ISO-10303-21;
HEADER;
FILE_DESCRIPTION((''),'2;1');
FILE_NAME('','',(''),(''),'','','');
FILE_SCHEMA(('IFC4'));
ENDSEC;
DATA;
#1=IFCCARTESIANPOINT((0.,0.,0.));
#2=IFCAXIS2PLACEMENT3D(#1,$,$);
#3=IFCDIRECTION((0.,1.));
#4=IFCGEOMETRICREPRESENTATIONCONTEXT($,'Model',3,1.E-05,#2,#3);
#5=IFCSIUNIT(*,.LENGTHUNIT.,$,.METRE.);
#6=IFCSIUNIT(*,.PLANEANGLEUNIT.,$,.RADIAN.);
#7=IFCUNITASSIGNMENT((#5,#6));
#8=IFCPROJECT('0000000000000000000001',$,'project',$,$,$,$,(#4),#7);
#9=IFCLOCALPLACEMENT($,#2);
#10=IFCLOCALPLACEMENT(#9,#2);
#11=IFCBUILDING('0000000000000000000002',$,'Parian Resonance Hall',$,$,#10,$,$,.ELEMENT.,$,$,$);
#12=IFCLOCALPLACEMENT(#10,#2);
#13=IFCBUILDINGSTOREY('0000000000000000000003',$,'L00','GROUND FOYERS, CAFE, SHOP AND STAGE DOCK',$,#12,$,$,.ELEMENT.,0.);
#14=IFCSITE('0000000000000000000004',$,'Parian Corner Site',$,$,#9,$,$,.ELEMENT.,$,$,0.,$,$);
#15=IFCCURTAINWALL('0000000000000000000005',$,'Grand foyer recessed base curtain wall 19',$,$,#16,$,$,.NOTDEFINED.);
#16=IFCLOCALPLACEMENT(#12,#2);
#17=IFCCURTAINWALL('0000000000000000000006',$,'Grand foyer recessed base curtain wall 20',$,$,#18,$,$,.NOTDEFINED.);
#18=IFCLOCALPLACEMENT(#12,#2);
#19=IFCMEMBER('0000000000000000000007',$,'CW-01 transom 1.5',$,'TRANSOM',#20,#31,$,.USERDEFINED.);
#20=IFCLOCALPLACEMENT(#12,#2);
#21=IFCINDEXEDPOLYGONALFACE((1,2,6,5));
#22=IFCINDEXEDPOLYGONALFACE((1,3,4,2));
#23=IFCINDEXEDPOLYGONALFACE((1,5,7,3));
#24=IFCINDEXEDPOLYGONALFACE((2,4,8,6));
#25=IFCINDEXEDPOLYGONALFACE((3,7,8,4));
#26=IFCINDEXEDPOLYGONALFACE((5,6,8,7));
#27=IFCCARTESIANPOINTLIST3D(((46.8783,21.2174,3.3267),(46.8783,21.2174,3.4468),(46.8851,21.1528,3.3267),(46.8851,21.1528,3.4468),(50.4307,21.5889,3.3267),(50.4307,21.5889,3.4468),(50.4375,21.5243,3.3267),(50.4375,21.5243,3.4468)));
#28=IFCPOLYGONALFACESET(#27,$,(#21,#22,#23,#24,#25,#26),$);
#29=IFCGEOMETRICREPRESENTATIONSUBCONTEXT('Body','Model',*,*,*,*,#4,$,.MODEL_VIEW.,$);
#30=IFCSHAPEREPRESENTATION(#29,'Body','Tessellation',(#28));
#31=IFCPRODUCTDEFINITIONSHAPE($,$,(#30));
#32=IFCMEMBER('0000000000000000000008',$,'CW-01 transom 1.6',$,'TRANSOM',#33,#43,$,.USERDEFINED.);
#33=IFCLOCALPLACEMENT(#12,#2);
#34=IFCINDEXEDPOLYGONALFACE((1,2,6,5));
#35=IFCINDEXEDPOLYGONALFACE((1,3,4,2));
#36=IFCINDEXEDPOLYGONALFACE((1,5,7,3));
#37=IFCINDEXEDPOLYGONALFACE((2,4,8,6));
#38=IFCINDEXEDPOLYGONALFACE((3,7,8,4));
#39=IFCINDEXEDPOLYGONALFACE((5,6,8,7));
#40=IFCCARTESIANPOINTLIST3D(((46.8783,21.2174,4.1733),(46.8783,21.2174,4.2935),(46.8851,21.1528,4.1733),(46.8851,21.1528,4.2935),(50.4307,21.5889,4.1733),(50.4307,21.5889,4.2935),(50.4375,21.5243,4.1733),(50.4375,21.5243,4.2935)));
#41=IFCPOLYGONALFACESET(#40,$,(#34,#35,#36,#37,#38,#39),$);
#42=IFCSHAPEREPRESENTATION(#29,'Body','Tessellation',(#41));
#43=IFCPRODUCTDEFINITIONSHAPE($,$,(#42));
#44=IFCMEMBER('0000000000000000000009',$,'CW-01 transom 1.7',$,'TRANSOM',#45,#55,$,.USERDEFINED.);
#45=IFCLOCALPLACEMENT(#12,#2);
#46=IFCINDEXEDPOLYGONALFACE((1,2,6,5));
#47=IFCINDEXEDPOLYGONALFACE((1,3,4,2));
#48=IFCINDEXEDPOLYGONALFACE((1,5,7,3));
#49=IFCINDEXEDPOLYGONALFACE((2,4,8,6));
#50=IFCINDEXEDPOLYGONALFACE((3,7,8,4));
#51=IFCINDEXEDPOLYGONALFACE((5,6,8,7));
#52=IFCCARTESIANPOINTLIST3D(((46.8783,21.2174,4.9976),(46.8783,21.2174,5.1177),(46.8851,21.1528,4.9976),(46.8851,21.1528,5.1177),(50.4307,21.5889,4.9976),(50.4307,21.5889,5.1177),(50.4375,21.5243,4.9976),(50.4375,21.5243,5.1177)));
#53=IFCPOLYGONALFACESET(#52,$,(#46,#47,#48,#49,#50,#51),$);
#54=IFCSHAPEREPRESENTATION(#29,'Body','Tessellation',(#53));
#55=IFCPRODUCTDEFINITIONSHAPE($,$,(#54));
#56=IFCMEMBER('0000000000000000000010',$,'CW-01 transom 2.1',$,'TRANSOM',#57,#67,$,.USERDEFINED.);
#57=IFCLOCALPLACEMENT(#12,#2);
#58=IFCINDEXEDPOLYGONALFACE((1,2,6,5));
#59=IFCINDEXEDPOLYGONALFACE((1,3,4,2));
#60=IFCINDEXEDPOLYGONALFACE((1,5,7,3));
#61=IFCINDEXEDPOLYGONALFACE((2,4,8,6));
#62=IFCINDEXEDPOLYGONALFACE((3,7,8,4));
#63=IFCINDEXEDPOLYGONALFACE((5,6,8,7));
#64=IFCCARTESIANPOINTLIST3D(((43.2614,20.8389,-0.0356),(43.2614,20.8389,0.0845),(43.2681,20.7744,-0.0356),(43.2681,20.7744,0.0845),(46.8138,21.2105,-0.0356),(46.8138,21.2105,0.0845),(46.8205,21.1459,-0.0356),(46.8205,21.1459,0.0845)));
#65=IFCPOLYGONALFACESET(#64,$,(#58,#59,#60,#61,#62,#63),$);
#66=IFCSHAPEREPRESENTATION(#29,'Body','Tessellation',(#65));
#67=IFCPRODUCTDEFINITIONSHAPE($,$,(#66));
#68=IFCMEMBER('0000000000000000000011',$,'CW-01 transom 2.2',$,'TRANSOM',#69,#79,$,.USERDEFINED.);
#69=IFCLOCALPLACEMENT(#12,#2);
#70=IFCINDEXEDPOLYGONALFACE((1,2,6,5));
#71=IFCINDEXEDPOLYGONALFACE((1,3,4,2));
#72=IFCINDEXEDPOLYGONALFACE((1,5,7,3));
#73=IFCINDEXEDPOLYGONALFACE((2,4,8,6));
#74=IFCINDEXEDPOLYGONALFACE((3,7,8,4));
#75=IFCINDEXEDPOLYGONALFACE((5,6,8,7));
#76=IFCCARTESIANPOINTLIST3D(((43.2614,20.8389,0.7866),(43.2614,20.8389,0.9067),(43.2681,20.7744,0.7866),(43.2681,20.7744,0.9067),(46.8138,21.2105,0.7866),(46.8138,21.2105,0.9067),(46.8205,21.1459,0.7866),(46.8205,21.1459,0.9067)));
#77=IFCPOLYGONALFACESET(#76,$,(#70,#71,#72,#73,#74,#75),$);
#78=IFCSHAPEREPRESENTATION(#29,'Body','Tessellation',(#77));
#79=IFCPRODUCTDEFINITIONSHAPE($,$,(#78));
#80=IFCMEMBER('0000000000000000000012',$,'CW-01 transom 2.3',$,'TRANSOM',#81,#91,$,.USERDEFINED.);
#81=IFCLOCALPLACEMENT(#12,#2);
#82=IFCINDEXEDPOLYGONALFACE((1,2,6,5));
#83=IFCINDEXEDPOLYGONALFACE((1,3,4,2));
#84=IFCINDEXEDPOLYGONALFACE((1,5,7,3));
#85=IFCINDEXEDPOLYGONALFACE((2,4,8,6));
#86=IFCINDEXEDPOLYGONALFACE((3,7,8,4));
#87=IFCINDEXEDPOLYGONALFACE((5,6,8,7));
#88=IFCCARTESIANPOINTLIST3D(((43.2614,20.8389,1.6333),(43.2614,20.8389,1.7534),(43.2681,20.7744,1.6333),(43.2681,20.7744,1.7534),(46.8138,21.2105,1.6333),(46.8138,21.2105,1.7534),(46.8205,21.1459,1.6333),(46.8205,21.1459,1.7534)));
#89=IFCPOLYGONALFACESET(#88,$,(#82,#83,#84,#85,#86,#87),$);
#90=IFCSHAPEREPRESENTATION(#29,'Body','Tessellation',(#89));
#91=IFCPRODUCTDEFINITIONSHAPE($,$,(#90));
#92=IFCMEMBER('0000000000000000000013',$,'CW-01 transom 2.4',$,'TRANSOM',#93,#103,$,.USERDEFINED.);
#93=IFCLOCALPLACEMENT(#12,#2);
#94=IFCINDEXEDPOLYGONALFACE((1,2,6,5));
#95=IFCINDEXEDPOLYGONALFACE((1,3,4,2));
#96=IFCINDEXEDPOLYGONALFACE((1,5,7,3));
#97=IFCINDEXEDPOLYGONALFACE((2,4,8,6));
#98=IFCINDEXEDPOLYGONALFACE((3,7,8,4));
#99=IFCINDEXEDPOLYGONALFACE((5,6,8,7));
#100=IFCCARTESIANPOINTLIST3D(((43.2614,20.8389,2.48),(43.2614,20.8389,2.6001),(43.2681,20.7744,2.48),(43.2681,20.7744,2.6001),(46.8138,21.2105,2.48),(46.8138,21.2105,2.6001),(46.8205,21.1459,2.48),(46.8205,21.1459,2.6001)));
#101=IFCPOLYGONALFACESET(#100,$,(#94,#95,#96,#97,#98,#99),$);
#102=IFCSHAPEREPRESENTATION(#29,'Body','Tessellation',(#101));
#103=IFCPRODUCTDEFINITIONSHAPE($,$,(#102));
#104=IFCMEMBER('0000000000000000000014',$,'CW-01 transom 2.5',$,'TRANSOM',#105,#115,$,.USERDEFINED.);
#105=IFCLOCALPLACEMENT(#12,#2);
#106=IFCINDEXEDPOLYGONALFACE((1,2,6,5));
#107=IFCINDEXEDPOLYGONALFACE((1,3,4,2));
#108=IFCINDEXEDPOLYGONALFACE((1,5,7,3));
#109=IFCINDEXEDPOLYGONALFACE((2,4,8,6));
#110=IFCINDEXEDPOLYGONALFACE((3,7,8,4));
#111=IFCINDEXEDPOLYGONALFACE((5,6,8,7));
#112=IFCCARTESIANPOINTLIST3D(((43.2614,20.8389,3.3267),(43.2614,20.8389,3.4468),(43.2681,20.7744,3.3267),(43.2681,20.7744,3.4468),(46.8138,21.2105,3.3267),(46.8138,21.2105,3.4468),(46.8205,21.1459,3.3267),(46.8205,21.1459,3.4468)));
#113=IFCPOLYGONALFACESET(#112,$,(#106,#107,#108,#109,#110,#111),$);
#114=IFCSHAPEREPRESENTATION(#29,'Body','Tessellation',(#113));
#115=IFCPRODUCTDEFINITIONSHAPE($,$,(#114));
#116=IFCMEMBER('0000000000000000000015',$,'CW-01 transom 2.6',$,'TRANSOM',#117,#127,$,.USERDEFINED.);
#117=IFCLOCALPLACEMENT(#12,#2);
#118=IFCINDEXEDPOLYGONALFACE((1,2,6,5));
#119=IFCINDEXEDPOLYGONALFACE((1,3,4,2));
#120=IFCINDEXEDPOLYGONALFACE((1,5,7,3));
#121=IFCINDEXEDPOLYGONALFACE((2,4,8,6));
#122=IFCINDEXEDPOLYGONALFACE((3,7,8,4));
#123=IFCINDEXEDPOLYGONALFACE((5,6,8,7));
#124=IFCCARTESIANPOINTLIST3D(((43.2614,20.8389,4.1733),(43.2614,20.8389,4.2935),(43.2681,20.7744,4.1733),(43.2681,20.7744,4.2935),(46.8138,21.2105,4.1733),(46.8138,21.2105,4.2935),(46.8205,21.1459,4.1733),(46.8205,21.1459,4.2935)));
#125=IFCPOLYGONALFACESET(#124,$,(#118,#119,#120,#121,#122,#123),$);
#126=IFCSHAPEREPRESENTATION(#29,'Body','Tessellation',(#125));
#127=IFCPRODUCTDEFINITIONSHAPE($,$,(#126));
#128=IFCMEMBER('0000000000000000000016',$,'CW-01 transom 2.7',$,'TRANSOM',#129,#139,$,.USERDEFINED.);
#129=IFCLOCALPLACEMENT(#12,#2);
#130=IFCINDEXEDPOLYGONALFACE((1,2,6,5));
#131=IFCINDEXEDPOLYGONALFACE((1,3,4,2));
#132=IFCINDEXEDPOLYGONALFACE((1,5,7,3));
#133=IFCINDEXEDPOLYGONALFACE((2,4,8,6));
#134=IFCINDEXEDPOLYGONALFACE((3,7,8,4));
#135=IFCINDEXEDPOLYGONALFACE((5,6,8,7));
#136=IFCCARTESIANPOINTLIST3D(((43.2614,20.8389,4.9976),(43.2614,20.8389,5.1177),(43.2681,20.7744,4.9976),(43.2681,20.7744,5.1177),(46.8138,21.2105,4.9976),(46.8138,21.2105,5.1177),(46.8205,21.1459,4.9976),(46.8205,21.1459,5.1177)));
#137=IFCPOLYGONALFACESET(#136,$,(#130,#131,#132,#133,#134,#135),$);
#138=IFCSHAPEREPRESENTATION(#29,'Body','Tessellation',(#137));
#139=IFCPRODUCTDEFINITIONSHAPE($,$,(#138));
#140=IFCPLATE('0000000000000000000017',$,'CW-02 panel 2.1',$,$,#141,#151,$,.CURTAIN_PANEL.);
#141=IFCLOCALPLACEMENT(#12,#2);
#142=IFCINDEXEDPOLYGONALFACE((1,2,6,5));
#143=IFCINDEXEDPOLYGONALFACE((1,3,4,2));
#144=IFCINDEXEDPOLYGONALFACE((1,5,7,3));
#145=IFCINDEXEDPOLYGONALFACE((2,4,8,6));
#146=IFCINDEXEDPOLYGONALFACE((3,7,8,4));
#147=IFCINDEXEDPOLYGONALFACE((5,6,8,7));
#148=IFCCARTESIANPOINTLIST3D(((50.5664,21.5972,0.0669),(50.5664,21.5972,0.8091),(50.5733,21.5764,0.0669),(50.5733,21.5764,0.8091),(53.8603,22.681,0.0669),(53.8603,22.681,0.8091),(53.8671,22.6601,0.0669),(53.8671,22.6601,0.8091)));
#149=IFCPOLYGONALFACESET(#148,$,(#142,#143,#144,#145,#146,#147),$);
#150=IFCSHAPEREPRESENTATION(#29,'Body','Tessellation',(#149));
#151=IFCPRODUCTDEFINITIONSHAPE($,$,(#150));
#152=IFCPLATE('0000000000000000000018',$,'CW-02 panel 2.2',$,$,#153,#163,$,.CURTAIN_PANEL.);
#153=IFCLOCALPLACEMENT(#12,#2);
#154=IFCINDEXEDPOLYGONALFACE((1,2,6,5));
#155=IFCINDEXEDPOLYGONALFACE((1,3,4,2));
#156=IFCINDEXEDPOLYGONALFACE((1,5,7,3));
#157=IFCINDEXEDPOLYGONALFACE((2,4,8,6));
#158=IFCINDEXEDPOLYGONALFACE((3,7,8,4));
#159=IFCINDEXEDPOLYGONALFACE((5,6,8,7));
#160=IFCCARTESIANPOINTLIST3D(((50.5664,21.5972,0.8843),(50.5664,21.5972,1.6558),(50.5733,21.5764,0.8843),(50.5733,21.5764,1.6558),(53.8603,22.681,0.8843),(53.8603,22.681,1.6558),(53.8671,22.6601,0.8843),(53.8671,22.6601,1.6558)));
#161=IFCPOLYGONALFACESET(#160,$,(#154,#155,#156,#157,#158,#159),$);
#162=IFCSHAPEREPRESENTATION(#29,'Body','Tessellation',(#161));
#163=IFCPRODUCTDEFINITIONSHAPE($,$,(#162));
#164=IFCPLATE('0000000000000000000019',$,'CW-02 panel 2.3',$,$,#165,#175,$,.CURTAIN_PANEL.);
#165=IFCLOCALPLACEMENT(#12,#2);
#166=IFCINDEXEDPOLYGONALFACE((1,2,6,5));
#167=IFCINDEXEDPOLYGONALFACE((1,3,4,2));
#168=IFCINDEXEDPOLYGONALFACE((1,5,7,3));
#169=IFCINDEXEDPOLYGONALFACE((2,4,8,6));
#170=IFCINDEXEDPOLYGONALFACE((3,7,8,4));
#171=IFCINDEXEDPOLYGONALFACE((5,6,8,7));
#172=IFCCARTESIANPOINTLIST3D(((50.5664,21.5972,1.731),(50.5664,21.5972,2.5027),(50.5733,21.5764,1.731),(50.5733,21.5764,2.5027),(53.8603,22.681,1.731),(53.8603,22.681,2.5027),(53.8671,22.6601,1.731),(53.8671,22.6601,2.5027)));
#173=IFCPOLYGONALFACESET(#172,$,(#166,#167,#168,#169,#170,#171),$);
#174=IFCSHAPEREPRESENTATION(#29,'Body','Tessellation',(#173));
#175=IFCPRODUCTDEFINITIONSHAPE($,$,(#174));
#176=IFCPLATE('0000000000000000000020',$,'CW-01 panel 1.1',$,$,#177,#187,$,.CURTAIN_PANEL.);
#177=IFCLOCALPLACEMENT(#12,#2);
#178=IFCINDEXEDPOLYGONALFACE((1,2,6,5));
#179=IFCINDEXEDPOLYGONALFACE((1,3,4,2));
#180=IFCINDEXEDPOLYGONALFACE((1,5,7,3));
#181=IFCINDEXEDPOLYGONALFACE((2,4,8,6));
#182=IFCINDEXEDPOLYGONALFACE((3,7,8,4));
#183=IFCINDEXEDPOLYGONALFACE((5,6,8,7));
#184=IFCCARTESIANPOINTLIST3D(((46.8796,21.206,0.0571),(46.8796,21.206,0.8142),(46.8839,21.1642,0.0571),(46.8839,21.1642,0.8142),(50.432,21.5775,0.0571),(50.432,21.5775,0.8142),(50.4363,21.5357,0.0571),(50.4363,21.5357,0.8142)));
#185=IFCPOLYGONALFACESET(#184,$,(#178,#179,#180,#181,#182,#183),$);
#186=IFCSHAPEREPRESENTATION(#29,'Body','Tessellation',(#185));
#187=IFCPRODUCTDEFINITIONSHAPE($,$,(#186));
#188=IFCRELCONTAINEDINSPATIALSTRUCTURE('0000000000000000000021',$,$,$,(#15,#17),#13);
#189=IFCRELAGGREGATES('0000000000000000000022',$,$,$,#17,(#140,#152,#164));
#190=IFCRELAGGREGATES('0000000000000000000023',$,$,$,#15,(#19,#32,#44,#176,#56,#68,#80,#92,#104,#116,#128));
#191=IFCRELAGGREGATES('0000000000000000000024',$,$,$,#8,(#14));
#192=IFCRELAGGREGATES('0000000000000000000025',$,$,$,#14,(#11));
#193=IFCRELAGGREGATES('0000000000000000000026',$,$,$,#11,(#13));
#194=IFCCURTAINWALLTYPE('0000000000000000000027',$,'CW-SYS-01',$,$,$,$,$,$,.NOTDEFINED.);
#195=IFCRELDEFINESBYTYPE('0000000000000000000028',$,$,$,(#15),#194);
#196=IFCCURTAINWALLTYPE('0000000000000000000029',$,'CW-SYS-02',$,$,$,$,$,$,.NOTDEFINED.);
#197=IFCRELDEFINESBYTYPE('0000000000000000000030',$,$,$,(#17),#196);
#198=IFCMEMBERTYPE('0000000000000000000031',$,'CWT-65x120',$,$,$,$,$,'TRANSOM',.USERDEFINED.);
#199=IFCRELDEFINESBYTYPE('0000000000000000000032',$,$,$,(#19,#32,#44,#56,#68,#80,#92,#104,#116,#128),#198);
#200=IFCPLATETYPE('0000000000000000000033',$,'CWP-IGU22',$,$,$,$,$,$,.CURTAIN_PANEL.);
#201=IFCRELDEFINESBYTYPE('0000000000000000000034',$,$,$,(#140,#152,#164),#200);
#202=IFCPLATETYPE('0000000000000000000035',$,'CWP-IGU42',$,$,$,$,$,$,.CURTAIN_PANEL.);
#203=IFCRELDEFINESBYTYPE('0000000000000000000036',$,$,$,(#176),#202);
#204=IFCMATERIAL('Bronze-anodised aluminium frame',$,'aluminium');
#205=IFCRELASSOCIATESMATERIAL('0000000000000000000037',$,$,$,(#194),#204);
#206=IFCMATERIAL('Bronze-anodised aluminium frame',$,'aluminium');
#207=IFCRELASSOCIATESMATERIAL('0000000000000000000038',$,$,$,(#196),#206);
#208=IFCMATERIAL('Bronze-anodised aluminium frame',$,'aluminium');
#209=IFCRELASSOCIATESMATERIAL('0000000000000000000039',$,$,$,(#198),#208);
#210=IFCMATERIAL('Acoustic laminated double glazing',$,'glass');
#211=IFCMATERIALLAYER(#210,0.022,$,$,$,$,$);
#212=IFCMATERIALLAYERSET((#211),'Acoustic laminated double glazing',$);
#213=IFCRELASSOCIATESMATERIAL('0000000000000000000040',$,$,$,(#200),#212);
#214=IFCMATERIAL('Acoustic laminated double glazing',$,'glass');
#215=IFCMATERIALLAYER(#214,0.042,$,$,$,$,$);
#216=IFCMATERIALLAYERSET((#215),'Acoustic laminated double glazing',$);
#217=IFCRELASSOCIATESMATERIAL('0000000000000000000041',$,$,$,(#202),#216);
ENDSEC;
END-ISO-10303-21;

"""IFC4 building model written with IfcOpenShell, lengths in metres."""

from ifc_helpers import new_model, si_unit, direction, frame, origin, origin_2d, place, context, subcontext, project, spatial, rectangle, extrude, material, layer, layer_set, material_profile, profile_set, type_object, element, aggregate, save


model = new_model("IFC4")

# Units and contexts
model_context = context("Model", 3, precision=1e-05, world=origin(), true_north=direction((0.0, 1.0)))
body_context = subcontext(model_context, "Body", "Model", "MODEL_VIEW")
ifc_project = project(units=[si_unit("LENGTHUNIT", "METRE"), si_unit("PLANEANGLEUNIT", "RADIAN")], contexts=[model_context])

# Site, building, storey
site_placement = place(None, origin())
site = spatial("IfcSite", under=ifc_project, at=site_placement, Name="Parian Corner Site", CompositionType="ELEMENT", RefElevation=0.0)
building_placement = place(site_placement, origin())
building = spatial("IfcBuilding", under=site, at=building_placement, Name="Parian Resonance Hall", CompositionType="ELEMENT")
storey_placement = place(building_placement, origin())
storey = spatial("IfcBuildingStorey", under=building, at=storey_placement, Name="L00", Description="GROUND FOYERS, CAFE, SHOP AND STAGE DOCK", CompositionType="ELEMENT", Elevation=0.0)

# Curtain wall
ifc_material_1 = material(Name="Bronze-anodised aluminium frame", Category="aluminium")
curtain_wall_type_1 = type_object("IfcCurtainWallType", Name="CW-SYS-01", PredefinedType="NOTDEFINED", material=ifc_material_1)
curtain_wall_1_placement = place(storey_placement, origin())
curtain_wall_1 = element("IfcCurtainWall", 1, at=curtain_wall_1_placement, inside=storey, type_object=curtain_wall_type_1, Name="Grand foyer recessed base curtain wall 19", PredefinedType="NOTDEFINED")

# Curtain wall
ifc_material_2 = material(Name="Bronze-anodised aluminium frame", Category="aluminium")
curtain_wall_type_2 = type_object("IfcCurtainWallType", Name="CW-SYS-02", PredefinedType="NOTDEFINED", material=ifc_material_2)
curtain_wall_2_placement = place(storey_placement, origin())
curtain_wall_2 = element("IfcCurtainWall", 2, at=curtain_wall_2_placement, inside=storey, type_object=curtain_wall_type_2, Name="Grand foyer recessed base curtain wall 20", PredefinedType="NOTDEFINED")

# Members
ifc_material_3 = material(Name="Bronze-anodised aluminium frame", Category="aluminium")
ifc_material_profile_1 = material_profile(ifc_material_3, rectangle(XDim=0.0649, YDim=0.1201, at=origin_2d()), Name="CWT-65x120")
ifc_profile_set_1 = profile_set([ifc_material_profile_1], Name="Bronze-anodised aluminium frame")
member_type_1 = type_object("IfcMemberType", Name="CWT-65x120", ElementType="TRANSOM", PredefinedType="USERDEFINED", material=ifc_profile_set_1)
member_1_placement = place(storey_placement, frame((50.4341, 21.5566, 3.3867), z_axis=(-0.994574, -0.10403, 0.0), x_axis=(0.10403, -0.994574, 0.0)))
member_1 = element("IfcMember", 3, at=member_1_placement, type_object=member_type_1, Name="CW-01 transom 1.5", ObjectType="TRANSOM", PredefinedType="USERDEFINED", context=body_context, shape_type="SweptSolid", body=[
    extrude(rectangle(XDim=0.0649, YDim=0.1201, at=origin_2d()), origin(), (0.0, 0.0, 1.0), 3.5718),
])
member_2_placement = place(storey_placement, frame((50.4341, 21.5566, 4.2334), z_axis=(-0.994574, -0.10403, 0.0), x_axis=(0.10403, -0.994574, 0.0)))
member_2 = element("IfcMember", 4, at=member_2_placement, type_object=member_type_1, Name="CW-01 transom 1.6", ObjectType="TRANSOM", PredefinedType="USERDEFINED", context=body_context, shape_type="SweptSolid", body=[
    extrude(rectangle(XDim=0.0649, YDim=0.1201, at=origin_2d()), origin(), (0.0, 0.0, 1.0), 3.5718),
])
member_3_placement = place(storey_placement, frame((50.4341, 21.5566, 5.0576), z_axis=(-0.994574, -0.10403, 0.0), x_axis=(0.10403, -0.994574, 0.0)))
member_3 = element("IfcMember", 5, at=member_3_placement, type_object=member_type_1, Name="CW-01 transom 1.7", ObjectType="TRANSOM", PredefinedType="USERDEFINED", context=body_context, shape_type="SweptSolid", body=[
    extrude(rectangle(XDim=0.0649, YDim=0.1201, at=origin_2d()), origin(), (0.0, 0.0, 1.0), 3.5718),
])
member_4_placement = place(storey_placement, frame((46.8171, 21.1782, 0.0244), z_axis=(-0.994574, -0.10403, 0.0), x_axis=(0.10403, -0.994574, 0.0)))
member_4 = element("IfcMember", 6, at=member_4_placement, type_object=member_type_1, Name="CW-01 transom 2.1", ObjectType="TRANSOM", PredefinedType="USERDEFINED", context=body_context, shape_type="SweptSolid", body=[
    extrude(rectangle(XDim=0.0649, YDim=0.1201, at=origin_2d()), origin(), (0.0, 0.0, 1.0), 3.5718),
])
member_5_placement = place(storey_placement, frame((46.8171, 21.1782, 0.8467), z_axis=(-0.994574, -0.10403, 0.0), x_axis=(0.10403, -0.994574, 0.0)))
member_5 = element("IfcMember", 7, at=member_5_placement, type_object=member_type_1, Name="CW-01 transom 2.2", ObjectType="TRANSOM", PredefinedType="USERDEFINED", context=body_context, shape_type="SweptSolid", body=[
    extrude(rectangle(XDim=0.0649, YDim=0.1201, at=origin_2d()), origin(), (0.0, 0.0, 1.0), 3.5718),
])
member_6_placement = place(storey_placement, frame((46.8171, 21.1782, 1.6934), z_axis=(-0.994574, -0.10403, 0.0), x_axis=(0.10403, -0.994574, 0.0)))
member_6 = element("IfcMember", 8, at=member_6_placement, type_object=member_type_1, Name="CW-01 transom 2.3", ObjectType="TRANSOM", PredefinedType="USERDEFINED", context=body_context, shape_type="SweptSolid", body=[
    extrude(rectangle(XDim=0.0649, YDim=0.1201, at=origin_2d()), origin(), (0.0, 0.0, 1.0), 3.5718),
])
member_7_placement = place(storey_placement, frame((46.8171, 21.1782, 2.54), z_axis=(-0.994574, -0.10403, 0.0), x_axis=(0.10403, -0.994574, 0.0)))
member_7 = element("IfcMember", 9, at=member_7_placement, type_object=member_type_1, Name="CW-01 transom 2.4", ObjectType="TRANSOM", PredefinedType="USERDEFINED", context=body_context, shape_type="SweptSolid", body=[
    extrude(rectangle(XDim=0.0649, YDim=0.1201, at=origin_2d()), origin(), (0.0, 0.0, 1.0), 3.5718),
])
member_8_placement = place(storey_placement, frame((46.8171, 21.1782, 3.3867), z_axis=(-0.994574, -0.10403, 0.0), x_axis=(0.10403, -0.994574, 0.0)))
member_8 = element("IfcMember", 10, at=member_8_placement, type_object=member_type_1, Name="CW-01 transom 2.5", ObjectType="TRANSOM", PredefinedType="USERDEFINED", context=body_context, shape_type="SweptSolid", body=[
    extrude(rectangle(XDim=0.0649, YDim=0.1201, at=origin_2d()), origin(), (0.0, 0.0, 1.0), 3.5718),
])
member_9_placement = place(storey_placement, frame((46.8171, 21.1782, 4.2334), z_axis=(-0.994574, -0.10403, 0.0), x_axis=(0.10403, -0.994574, 0.0)))
member_9 = element("IfcMember", 11, at=member_9_placement, type_object=member_type_1, Name="CW-01 transom 2.6", ObjectType="TRANSOM", PredefinedType="USERDEFINED", context=body_context, shape_type="SweptSolid", body=[
    extrude(rectangle(XDim=0.0649, YDim=0.1201, at=origin_2d()), origin(), (0.0, 0.0, 1.0), 3.5718),
])
member_10_placement = place(storey_placement, frame((46.8171, 21.1782, 5.0576), z_axis=(-0.994574, -0.10403, 0.0), x_axis=(0.10403, -0.994574, 0.0)))
member_10 = element("IfcMember", 12, at=member_10_placement, type_object=member_type_1, Name="CW-01 transom 2.7", ObjectType="TRANSOM", PredefinedType="USERDEFINED", context=body_context, shape_type="SweptSolid", body=[
    extrude(rectangle(XDim=0.0649, YDim=0.1201, at=origin_2d()), origin(), (0.0, 0.0, 1.0), 3.5718),
])

# Plates
ifc_material_4 = material(Name="Acoustic laminated double glazing", Category="glass")
ifc_layer_1 = layer(ifc_material_4, 0.022)
ifc_layer_set_1 = layer_set([ifc_layer_1], Name="Acoustic laminated double glazing")
plate_type_1 = type_object("IfcPlateType", Name="CWP-IGU22", PredefinedType="CURTAIN_PANEL", material=ifc_layer_set_1)
plate_1_placement = place(storey_placement, frame((52.2168, 22.1287, 0.0669), z_axis=(0.0, 0.0, 1.0), x_axis=(-0.949908, -0.31253, 0.0)))
plate_1 = element("IfcPlate", 13, at=plate_1_placement, type_object=plate_type_1, Name="CW-02 panel 2.1", PredefinedType="CURTAIN_PANEL", context=body_context, shape_type="SweptSolid", body=[
    extrude(rectangle(XDim=3.4675, YDim=0.022, at=origin_2d()), origin(), (0.0, 0.0, 1.0), 0.7422),
])
plate_2_placement = place(storey_placement, frame((52.2168, 22.1287, 0.8843), z_axis=(0.0, 0.0, 1.0), x_axis=(-0.949908, -0.31253, 0.0)))
plate_2 = element("IfcPlate", 14, at=plate_2_placement, type_object=plate_type_1, Name="CW-02 panel 2.2", PredefinedType="CURTAIN_PANEL", context=body_context, shape_type="SweptSolid", body=[
    extrude(rectangle(XDim=3.4675, YDim=0.022, at=origin_2d()), origin(), (0.0, 0.0, 1.0), 0.7715),
])
plate_3_placement = place(storey_placement, frame((52.2168, 22.1287, 1.731), z_axis=(0.0, 0.0, 1.0), x_axis=(-0.949908, -0.31253, 0.0)))
plate_3 = element("IfcPlate", 15, at=plate_3_placement, type_object=plate_type_1, Name="CW-02 panel 2.3", PredefinedType="CURTAIN_PANEL", context=body_context, shape_type="SweptSolid", body=[
    extrude(rectangle(XDim=3.4675, YDim=0.022, at=origin_2d()), origin(), (0.0, 0.0, 1.0), 0.7717),
])
aggregate(curtain_wall_2, [plate_1, plate_2, plate_3])
ifc_material_5 = material(Name="Acoustic laminated double glazing", Category="glass")
ifc_layer_2 = layer(ifc_material_5, 0.042)
ifc_layer_set_2 = layer_set([ifc_layer_2], Name="Acoustic laminated double glazing")
plate_type_2 = type_object("IfcPlateType", Name="CWP-IGU42", PredefinedType="CURTAIN_PANEL", material=ifc_layer_set_2)
plate_4_placement = place(storey_placement, frame((48.658, 21.3708, 0.0571), z_axis=(0.0, 0.0, 1.0), x_axis=(-0.994576, -0.104013, 0.0)))
plate_4 = element("IfcPlate", 16, at=plate_4_placement, type_object=plate_type_2, Name="CW-01 panel 1.1", PredefinedType="CURTAIN_PANEL", context=body_context, shape_type="SweptSolid", body=[
    extrude(rectangle(XDim=3.5718, YDim=0.042, at=origin_2d()), origin(), (0.0, 0.0, 1.0), 0.7571),
])
aggregate(curtain_wall_1, [member_1, member_2, member_3, plate_4, member_4, member_5, member_6, member_7, member_8, member_9, member_10])

save(model, "model.ifc")
